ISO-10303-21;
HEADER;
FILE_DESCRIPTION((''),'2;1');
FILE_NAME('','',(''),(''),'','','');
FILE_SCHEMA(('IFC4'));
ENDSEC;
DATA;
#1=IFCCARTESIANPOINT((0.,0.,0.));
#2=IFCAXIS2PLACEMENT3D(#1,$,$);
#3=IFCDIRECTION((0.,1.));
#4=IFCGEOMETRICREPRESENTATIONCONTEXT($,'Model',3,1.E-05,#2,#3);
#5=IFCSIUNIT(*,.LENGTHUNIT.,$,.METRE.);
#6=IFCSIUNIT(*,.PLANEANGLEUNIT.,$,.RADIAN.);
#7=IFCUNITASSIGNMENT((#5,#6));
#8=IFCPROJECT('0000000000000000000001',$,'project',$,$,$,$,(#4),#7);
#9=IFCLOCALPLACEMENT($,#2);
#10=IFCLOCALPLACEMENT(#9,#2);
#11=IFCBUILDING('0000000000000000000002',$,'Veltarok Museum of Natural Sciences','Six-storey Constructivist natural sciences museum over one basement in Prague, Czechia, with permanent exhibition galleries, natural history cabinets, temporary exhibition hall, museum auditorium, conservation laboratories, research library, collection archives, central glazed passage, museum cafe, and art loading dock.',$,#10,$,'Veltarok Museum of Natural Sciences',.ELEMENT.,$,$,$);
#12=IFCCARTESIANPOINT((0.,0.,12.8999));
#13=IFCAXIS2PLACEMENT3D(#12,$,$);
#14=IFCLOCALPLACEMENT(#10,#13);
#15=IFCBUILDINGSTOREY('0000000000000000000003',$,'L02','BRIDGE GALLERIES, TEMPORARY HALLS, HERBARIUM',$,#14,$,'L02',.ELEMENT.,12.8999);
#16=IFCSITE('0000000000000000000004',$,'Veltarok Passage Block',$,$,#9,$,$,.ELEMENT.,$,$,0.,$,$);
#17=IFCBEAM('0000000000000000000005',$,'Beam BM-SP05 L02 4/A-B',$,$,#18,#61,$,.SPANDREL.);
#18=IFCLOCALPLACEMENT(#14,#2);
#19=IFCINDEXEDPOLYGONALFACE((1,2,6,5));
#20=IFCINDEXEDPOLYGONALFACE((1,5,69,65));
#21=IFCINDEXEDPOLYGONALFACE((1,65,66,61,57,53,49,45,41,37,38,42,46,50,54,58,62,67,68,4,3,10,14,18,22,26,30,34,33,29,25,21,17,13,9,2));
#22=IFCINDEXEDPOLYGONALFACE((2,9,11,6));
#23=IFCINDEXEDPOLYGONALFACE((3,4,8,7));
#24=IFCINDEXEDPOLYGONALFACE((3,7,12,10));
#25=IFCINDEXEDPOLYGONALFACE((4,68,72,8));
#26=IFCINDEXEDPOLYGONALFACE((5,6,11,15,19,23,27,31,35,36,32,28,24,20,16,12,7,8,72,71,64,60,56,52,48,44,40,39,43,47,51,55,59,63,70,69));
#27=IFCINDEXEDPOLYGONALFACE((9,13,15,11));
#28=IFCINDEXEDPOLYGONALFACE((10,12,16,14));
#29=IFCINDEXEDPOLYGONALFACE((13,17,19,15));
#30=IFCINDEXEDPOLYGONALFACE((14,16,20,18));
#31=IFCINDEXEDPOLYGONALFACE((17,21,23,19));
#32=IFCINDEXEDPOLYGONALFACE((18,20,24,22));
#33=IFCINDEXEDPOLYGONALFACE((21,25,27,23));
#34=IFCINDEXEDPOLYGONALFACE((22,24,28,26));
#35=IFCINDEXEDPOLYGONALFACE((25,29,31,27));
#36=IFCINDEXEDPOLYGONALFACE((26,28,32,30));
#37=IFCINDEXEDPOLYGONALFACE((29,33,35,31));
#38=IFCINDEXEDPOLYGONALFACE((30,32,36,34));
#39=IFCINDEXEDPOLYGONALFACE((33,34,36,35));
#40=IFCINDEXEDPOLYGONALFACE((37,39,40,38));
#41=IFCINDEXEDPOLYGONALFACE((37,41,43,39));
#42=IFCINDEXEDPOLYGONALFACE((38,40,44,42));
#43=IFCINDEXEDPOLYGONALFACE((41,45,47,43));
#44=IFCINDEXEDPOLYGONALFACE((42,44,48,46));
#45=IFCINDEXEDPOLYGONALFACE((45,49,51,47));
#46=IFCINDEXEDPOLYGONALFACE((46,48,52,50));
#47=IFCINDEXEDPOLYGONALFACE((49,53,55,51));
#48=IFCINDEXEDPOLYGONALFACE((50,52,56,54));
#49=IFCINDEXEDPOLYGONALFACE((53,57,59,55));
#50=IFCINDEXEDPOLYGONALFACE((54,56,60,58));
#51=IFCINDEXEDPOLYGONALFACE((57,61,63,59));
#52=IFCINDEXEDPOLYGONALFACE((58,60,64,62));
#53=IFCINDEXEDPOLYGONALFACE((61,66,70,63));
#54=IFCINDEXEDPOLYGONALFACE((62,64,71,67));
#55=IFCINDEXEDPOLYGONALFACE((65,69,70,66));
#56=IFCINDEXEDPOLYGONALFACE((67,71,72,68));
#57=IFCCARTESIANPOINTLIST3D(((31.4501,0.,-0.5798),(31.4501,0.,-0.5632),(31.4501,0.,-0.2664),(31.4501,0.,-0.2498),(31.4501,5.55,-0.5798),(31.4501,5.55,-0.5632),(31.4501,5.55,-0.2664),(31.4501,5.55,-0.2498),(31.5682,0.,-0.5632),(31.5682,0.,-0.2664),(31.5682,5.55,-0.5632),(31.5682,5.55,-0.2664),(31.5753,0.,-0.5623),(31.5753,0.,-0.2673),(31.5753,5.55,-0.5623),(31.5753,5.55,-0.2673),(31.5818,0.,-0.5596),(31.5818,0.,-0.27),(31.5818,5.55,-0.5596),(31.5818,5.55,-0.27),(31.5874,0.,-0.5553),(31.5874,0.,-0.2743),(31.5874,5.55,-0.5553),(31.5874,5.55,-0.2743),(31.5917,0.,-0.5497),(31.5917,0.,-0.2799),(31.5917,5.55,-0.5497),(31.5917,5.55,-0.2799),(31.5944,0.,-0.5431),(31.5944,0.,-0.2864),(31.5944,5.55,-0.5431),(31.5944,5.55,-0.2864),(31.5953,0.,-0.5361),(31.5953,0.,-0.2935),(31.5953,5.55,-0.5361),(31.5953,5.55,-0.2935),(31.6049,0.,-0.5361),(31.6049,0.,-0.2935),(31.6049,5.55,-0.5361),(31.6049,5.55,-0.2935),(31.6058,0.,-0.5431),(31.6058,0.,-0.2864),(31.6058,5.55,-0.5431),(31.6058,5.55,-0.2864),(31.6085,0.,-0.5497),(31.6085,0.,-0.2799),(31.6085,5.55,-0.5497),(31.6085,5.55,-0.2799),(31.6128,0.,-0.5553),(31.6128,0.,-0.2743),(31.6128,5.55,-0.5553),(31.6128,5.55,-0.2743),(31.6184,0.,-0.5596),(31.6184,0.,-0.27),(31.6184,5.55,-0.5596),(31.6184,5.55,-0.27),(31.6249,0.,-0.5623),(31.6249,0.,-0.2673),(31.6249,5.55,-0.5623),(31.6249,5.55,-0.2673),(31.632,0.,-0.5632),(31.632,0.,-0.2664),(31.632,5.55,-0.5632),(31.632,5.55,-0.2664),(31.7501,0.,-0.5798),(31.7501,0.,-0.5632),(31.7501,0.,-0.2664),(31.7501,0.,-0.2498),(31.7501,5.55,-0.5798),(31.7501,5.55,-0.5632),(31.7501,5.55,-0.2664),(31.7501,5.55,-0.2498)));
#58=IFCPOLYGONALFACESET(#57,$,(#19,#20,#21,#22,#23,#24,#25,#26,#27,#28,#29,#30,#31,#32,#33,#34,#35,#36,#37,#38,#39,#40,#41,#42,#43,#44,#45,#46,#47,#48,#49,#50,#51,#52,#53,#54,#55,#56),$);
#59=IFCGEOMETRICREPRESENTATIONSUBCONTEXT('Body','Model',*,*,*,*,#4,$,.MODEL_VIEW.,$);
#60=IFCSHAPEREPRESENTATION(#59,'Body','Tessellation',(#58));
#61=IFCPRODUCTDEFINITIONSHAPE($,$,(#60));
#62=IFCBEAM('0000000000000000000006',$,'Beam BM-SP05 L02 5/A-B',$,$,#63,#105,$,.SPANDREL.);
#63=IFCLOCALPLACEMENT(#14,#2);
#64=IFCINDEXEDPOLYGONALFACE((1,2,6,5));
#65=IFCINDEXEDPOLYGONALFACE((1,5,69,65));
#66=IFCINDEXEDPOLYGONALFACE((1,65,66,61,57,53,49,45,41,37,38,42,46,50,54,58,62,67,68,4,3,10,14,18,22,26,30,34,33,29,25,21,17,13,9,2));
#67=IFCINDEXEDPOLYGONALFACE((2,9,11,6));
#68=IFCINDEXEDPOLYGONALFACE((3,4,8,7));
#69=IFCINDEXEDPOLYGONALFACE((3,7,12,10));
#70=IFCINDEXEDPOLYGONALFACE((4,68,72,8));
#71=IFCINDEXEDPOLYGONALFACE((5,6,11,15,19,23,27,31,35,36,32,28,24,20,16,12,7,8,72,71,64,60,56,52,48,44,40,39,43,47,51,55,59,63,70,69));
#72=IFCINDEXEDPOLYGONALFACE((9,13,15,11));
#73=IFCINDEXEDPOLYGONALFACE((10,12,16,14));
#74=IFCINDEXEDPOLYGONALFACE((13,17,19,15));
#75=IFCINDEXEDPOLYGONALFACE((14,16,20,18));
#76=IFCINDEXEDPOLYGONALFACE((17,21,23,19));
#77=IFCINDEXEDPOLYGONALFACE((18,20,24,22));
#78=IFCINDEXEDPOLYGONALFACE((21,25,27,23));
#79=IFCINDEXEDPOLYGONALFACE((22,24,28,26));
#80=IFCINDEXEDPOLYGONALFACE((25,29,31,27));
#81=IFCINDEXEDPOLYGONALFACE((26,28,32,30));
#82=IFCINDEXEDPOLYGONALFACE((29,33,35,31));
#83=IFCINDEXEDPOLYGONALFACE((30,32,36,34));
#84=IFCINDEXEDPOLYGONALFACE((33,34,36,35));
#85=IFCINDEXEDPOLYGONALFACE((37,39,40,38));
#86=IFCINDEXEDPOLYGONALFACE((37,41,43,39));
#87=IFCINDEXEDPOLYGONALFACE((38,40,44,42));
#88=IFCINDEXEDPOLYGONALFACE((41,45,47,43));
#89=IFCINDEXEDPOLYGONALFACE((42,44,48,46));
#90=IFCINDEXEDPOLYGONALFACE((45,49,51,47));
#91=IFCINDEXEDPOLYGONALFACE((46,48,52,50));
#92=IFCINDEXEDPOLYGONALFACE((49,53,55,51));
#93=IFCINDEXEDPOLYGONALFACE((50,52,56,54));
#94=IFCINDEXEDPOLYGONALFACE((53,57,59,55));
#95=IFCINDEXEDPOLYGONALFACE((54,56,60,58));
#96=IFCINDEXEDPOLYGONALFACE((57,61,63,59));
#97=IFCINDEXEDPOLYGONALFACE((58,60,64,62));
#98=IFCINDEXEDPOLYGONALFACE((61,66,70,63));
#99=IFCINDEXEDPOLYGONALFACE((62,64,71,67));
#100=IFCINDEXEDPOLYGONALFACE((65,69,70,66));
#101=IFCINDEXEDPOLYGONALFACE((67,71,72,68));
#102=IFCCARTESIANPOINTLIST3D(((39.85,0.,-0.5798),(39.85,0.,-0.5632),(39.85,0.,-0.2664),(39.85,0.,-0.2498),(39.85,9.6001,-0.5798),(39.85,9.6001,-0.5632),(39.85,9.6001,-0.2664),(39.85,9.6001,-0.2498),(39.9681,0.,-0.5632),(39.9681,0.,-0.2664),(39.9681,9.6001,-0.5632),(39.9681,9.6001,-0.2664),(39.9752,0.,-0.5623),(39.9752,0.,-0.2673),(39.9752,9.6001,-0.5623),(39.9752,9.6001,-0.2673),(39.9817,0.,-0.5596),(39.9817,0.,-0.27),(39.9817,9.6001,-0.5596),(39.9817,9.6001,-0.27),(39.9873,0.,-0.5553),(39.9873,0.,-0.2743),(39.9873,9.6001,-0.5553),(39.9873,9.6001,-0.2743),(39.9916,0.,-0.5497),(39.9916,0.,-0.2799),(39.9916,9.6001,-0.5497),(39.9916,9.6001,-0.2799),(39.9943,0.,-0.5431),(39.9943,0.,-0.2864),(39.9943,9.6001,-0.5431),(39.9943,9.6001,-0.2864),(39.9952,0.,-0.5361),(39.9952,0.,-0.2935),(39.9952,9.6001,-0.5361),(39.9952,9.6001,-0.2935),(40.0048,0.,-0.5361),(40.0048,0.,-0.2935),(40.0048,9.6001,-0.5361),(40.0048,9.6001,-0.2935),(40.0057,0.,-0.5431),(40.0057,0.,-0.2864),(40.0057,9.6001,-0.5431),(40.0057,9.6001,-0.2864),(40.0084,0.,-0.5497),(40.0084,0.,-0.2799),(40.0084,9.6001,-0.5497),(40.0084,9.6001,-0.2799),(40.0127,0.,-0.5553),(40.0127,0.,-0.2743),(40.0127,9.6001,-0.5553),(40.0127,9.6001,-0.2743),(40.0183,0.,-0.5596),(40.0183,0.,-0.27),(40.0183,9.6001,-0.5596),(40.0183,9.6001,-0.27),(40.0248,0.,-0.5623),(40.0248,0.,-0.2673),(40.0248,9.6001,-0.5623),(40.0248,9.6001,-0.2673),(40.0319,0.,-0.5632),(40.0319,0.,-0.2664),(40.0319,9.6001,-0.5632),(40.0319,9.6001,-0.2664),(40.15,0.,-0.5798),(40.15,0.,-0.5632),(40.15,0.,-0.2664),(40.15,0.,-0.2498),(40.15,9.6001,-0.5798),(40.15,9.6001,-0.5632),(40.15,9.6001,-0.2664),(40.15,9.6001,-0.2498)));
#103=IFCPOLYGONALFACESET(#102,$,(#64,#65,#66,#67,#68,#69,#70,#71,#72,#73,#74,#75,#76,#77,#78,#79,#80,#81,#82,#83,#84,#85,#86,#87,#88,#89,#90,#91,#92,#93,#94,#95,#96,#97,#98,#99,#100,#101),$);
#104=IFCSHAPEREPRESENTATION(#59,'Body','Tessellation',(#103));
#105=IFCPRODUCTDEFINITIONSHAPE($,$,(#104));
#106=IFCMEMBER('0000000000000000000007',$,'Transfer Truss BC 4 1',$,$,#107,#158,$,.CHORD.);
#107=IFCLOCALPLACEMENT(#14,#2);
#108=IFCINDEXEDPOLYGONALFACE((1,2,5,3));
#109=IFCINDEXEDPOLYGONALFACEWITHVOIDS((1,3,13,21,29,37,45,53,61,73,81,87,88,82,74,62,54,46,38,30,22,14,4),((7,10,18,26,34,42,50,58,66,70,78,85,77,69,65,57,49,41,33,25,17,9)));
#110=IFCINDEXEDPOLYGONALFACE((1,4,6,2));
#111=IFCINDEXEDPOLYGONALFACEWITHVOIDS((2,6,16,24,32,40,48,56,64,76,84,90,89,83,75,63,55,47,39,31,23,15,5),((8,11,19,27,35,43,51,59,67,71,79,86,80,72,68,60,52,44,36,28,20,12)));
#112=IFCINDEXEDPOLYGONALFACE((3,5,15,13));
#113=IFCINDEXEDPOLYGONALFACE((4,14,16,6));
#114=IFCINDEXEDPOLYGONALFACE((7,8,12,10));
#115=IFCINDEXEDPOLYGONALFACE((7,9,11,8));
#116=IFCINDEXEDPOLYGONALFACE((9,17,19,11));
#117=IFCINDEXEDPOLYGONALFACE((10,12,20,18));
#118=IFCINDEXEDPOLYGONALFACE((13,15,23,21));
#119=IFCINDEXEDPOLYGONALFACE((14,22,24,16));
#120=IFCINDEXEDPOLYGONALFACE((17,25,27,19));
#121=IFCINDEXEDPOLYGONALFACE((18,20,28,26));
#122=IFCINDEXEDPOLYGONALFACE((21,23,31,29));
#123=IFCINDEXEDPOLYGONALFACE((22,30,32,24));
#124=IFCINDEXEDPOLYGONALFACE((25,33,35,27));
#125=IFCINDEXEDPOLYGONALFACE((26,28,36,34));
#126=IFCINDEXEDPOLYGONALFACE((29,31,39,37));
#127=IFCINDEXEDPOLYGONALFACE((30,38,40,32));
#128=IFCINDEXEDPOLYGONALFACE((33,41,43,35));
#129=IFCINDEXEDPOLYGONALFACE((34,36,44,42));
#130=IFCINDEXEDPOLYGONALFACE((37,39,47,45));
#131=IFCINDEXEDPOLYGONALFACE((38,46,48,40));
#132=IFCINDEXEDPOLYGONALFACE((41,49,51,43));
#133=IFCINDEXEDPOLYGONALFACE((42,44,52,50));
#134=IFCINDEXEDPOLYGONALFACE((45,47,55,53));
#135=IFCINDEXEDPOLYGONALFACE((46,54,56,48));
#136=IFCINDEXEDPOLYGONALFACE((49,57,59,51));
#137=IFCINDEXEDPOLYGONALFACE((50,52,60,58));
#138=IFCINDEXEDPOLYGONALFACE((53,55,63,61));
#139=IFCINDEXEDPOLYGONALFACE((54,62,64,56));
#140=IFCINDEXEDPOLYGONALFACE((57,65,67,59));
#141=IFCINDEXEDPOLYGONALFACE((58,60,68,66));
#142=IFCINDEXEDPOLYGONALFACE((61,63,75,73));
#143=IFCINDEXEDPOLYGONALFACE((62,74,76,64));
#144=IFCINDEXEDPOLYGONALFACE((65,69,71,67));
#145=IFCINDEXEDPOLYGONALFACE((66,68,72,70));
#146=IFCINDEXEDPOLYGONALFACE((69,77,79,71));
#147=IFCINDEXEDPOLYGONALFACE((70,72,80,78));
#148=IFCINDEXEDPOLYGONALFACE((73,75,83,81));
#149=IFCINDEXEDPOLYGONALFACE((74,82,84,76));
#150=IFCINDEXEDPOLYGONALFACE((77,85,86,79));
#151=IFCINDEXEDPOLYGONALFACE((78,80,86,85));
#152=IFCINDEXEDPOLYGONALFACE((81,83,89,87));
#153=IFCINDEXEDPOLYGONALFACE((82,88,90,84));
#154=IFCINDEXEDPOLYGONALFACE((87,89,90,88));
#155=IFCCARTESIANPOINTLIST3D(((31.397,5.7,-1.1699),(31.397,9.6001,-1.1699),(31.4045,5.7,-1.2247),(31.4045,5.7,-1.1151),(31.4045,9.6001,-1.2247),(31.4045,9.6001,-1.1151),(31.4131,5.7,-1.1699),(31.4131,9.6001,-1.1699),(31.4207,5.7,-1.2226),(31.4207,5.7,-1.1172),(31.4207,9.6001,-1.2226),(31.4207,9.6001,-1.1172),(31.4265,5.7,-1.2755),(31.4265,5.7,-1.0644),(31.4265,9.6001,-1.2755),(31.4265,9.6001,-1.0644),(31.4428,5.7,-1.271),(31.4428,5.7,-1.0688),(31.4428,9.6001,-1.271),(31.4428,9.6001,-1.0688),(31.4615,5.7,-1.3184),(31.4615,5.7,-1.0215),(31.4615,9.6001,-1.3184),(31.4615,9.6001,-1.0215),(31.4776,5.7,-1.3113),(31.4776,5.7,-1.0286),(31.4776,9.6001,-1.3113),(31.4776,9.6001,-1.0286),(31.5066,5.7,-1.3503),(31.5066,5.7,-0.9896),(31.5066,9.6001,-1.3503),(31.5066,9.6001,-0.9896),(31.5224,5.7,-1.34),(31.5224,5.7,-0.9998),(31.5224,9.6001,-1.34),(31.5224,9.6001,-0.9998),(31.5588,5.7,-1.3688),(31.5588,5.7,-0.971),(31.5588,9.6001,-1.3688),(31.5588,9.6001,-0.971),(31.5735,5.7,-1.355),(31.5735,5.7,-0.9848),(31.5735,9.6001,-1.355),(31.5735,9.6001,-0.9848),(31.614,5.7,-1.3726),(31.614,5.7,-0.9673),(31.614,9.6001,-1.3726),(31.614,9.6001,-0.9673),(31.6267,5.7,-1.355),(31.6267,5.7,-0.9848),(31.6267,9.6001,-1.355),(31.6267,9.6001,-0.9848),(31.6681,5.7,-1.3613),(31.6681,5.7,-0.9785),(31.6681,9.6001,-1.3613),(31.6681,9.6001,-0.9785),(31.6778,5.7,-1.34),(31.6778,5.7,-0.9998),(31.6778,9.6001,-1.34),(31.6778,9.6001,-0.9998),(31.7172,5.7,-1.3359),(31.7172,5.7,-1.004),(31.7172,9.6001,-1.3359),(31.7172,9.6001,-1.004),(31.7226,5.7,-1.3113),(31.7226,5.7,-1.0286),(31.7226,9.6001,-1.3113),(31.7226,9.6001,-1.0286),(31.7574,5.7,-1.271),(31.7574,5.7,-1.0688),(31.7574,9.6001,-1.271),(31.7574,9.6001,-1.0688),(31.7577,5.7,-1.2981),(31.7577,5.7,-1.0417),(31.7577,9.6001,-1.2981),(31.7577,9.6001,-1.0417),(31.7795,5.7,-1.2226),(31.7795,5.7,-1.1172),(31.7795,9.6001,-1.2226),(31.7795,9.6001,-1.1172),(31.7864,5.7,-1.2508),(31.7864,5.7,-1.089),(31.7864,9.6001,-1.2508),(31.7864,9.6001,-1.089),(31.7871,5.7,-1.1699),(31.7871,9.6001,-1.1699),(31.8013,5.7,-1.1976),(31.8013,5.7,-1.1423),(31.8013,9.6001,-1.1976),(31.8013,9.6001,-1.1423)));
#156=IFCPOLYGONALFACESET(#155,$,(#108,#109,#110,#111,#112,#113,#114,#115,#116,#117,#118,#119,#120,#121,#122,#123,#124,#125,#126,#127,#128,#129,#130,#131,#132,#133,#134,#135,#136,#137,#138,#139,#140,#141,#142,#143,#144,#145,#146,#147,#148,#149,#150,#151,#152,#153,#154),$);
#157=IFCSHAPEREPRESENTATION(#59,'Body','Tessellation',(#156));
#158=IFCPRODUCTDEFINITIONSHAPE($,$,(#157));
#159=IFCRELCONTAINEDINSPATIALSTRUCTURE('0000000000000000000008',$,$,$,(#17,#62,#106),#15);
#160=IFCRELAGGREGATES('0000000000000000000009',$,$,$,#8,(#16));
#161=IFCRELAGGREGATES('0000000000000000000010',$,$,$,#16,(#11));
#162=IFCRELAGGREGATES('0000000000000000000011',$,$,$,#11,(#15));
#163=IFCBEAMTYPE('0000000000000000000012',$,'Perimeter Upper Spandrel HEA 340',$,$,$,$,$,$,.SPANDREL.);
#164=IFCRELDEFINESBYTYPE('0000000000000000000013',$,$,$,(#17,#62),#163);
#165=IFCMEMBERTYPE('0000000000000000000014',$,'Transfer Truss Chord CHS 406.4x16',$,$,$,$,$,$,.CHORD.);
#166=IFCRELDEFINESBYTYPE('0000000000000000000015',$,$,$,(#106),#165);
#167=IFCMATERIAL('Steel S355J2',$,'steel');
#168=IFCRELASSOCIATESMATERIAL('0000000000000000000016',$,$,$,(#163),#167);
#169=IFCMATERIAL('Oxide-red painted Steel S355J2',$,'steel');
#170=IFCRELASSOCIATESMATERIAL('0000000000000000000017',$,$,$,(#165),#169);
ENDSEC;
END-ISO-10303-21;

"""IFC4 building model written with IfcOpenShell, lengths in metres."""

from ifc_helpers import new_model, si_unit, direction, frame, origin, origin_2d, place, context, subcontext, project, spatial, hollow_circle, i_section, extrude, material, material_profile, profile_set, type_object, element, save


model = new_model("IFC4")

# Units and contexts
model_context = context("Model", 3, precision=1e-05, world=origin(), true_north=direction((0.0, 1.0)))
body_context = subcontext(model_context, "Body", "Model", "MODEL_VIEW")
ifc_project = project(units=[si_unit("LENGTHUNIT", "METRE"), si_unit("PLANEANGLEUNIT", "RADIAN")], contexts=[model_context])

# Site, building, storey
site_placement = place(None, origin())
site = spatial("IfcSite", under=ifc_project, at=site_placement, Name="Veltarok Passage Block", CompositionType="ELEMENT", RefElevation=0.0)
building_placement = place(site_placement, origin())
building = spatial("IfcBuilding", under=site, at=building_placement, Name="Veltarok Museum of Natural Sciences", Description="Six-storey Constructivist natural sciences museum over one basement in Prague, Czechia, with permanent exhibition galleries, natural history cabinets, temporary exhibition hall, museum auditorium, conservation laboratories, research library, collection archives, central glazed passage, museum cafe, and art loading dock.", LongName="Veltarok Museum of Natural Sciences", CompositionType="ELEMENT")
storey_placement = place(building_placement, frame((0.0, 0.0, 12.8999)))
storey = spatial("IfcBuildingStorey", under=building, at=storey_placement, Name="L02", Description="BRIDGE GALLERIES, TEMPORARY HALLS, HERBARIUM", LongName="L02", CompositionType="ELEMENT", Elevation=12.8999)

# Shared definitions
ifc_material_1 = material(Name="Steel S355J2", Category="steel")

# Shared definitions
ifc_material_2 = material(Name="Oxide-red painted Steel S355J2", Category="steel")

# Beams
ifc_material_profile_1 = material_profile(ifc_material_1, i_section(OverallWidth=0.3, OverallDepth=0.3301, WebThickness=0.0095, FlangeThickness=0.0166, FilletRadius=0.0271, at=origin_2d()), Name="HEA 340")
ifc_profile_set_1 = profile_set([ifc_material_profile_1], Name="Steel S355J2")
beam_type_1 = type_object("IfcBeamType", Name="Perimeter Upper Spandrel HEA 340", PredefinedType="SPANDREL", material=ifc_profile_set_1)
beam_1_placement = place(storey_placement, frame((31.6001, 0.0, -0.4148), z_axis=(0.0, 1.0, 0.0), x_axis=(-1.0, 0.0, 0.0)))
element("IfcBeam", 1, at=beam_1_placement, inside=storey, type_object=beam_type_1, Name="Beam BM-SP05 L02 4/A-B", PredefinedType="SPANDREL", context=body_context, shape_type="SweptSolid", body=[
    extrude(i_section(OverallWidth=0.3, OverallDepth=0.3301, WebThickness=0.0095, FlangeThickness=0.0166, FilletRadius=0.0271, at=origin_2d()), origin(), (0.0, 0.0, 1.0), 5.55),
])
beam_2_placement = place(storey_placement, frame((40.0, 0.0, -0.4148), z_axis=(0.0, 1.0, 0.0), x_axis=(-1.0, 0.0, 0.0)))
element("IfcBeam", 2, at=beam_2_placement, inside=storey, type_object=beam_type_1, Name="Beam BM-SP05 L02 5/A-B", PredefinedType="SPANDREL", context=body_context, shape_type="SweptSolid", body=[
    extrude(i_section(OverallWidth=0.3, OverallDepth=0.3301, WebThickness=0.0095, FlangeThickness=0.0166, FilletRadius=0.0271, at=origin_2d()), origin(), (0.0, 0.0, 1.0), 9.6001),
])

# Member
ifc_material_profile_2 = material_profile(ifc_material_2, hollow_circle(Radius=0.2031, WallThickness=0.0161, at=origin_2d()), Name="CHS 406.4x16")
ifc_profile_set_2 = profile_set([ifc_material_profile_2], Name="Oxide-red painted Steel S355J2")
member_type_1 = type_object("IfcMemberType", Name="Transfer Truss Chord CHS 406.4x16", PredefinedType="CHORD", material=ifc_profile_set_2)
for number, where, z_axis, x_axis, name in (
    (3, (31.6001, 5.7, -1.1699), (0.0, 1.0, 0.0), (-1.0, 0.0, 0.0), "Transfer Truss BC 4 1"),
):
    element("IfcMember", number, at=place(storey_placement, frame(where, z_axis=z_axis, x_axis=x_axis)), inside=storey, type_object=member_type_1, Name=name, PredefinedType="CHORD", context=body_context, shape_type="SweptSolid", body=[
        extrude(hollow_circle(Radius=0.2031, WallThickness=0.0161, at=origin_2d()), origin(), (0.0, 0.0, 1.0), 3.9001),
    ])

save(model, "model.ifc")
